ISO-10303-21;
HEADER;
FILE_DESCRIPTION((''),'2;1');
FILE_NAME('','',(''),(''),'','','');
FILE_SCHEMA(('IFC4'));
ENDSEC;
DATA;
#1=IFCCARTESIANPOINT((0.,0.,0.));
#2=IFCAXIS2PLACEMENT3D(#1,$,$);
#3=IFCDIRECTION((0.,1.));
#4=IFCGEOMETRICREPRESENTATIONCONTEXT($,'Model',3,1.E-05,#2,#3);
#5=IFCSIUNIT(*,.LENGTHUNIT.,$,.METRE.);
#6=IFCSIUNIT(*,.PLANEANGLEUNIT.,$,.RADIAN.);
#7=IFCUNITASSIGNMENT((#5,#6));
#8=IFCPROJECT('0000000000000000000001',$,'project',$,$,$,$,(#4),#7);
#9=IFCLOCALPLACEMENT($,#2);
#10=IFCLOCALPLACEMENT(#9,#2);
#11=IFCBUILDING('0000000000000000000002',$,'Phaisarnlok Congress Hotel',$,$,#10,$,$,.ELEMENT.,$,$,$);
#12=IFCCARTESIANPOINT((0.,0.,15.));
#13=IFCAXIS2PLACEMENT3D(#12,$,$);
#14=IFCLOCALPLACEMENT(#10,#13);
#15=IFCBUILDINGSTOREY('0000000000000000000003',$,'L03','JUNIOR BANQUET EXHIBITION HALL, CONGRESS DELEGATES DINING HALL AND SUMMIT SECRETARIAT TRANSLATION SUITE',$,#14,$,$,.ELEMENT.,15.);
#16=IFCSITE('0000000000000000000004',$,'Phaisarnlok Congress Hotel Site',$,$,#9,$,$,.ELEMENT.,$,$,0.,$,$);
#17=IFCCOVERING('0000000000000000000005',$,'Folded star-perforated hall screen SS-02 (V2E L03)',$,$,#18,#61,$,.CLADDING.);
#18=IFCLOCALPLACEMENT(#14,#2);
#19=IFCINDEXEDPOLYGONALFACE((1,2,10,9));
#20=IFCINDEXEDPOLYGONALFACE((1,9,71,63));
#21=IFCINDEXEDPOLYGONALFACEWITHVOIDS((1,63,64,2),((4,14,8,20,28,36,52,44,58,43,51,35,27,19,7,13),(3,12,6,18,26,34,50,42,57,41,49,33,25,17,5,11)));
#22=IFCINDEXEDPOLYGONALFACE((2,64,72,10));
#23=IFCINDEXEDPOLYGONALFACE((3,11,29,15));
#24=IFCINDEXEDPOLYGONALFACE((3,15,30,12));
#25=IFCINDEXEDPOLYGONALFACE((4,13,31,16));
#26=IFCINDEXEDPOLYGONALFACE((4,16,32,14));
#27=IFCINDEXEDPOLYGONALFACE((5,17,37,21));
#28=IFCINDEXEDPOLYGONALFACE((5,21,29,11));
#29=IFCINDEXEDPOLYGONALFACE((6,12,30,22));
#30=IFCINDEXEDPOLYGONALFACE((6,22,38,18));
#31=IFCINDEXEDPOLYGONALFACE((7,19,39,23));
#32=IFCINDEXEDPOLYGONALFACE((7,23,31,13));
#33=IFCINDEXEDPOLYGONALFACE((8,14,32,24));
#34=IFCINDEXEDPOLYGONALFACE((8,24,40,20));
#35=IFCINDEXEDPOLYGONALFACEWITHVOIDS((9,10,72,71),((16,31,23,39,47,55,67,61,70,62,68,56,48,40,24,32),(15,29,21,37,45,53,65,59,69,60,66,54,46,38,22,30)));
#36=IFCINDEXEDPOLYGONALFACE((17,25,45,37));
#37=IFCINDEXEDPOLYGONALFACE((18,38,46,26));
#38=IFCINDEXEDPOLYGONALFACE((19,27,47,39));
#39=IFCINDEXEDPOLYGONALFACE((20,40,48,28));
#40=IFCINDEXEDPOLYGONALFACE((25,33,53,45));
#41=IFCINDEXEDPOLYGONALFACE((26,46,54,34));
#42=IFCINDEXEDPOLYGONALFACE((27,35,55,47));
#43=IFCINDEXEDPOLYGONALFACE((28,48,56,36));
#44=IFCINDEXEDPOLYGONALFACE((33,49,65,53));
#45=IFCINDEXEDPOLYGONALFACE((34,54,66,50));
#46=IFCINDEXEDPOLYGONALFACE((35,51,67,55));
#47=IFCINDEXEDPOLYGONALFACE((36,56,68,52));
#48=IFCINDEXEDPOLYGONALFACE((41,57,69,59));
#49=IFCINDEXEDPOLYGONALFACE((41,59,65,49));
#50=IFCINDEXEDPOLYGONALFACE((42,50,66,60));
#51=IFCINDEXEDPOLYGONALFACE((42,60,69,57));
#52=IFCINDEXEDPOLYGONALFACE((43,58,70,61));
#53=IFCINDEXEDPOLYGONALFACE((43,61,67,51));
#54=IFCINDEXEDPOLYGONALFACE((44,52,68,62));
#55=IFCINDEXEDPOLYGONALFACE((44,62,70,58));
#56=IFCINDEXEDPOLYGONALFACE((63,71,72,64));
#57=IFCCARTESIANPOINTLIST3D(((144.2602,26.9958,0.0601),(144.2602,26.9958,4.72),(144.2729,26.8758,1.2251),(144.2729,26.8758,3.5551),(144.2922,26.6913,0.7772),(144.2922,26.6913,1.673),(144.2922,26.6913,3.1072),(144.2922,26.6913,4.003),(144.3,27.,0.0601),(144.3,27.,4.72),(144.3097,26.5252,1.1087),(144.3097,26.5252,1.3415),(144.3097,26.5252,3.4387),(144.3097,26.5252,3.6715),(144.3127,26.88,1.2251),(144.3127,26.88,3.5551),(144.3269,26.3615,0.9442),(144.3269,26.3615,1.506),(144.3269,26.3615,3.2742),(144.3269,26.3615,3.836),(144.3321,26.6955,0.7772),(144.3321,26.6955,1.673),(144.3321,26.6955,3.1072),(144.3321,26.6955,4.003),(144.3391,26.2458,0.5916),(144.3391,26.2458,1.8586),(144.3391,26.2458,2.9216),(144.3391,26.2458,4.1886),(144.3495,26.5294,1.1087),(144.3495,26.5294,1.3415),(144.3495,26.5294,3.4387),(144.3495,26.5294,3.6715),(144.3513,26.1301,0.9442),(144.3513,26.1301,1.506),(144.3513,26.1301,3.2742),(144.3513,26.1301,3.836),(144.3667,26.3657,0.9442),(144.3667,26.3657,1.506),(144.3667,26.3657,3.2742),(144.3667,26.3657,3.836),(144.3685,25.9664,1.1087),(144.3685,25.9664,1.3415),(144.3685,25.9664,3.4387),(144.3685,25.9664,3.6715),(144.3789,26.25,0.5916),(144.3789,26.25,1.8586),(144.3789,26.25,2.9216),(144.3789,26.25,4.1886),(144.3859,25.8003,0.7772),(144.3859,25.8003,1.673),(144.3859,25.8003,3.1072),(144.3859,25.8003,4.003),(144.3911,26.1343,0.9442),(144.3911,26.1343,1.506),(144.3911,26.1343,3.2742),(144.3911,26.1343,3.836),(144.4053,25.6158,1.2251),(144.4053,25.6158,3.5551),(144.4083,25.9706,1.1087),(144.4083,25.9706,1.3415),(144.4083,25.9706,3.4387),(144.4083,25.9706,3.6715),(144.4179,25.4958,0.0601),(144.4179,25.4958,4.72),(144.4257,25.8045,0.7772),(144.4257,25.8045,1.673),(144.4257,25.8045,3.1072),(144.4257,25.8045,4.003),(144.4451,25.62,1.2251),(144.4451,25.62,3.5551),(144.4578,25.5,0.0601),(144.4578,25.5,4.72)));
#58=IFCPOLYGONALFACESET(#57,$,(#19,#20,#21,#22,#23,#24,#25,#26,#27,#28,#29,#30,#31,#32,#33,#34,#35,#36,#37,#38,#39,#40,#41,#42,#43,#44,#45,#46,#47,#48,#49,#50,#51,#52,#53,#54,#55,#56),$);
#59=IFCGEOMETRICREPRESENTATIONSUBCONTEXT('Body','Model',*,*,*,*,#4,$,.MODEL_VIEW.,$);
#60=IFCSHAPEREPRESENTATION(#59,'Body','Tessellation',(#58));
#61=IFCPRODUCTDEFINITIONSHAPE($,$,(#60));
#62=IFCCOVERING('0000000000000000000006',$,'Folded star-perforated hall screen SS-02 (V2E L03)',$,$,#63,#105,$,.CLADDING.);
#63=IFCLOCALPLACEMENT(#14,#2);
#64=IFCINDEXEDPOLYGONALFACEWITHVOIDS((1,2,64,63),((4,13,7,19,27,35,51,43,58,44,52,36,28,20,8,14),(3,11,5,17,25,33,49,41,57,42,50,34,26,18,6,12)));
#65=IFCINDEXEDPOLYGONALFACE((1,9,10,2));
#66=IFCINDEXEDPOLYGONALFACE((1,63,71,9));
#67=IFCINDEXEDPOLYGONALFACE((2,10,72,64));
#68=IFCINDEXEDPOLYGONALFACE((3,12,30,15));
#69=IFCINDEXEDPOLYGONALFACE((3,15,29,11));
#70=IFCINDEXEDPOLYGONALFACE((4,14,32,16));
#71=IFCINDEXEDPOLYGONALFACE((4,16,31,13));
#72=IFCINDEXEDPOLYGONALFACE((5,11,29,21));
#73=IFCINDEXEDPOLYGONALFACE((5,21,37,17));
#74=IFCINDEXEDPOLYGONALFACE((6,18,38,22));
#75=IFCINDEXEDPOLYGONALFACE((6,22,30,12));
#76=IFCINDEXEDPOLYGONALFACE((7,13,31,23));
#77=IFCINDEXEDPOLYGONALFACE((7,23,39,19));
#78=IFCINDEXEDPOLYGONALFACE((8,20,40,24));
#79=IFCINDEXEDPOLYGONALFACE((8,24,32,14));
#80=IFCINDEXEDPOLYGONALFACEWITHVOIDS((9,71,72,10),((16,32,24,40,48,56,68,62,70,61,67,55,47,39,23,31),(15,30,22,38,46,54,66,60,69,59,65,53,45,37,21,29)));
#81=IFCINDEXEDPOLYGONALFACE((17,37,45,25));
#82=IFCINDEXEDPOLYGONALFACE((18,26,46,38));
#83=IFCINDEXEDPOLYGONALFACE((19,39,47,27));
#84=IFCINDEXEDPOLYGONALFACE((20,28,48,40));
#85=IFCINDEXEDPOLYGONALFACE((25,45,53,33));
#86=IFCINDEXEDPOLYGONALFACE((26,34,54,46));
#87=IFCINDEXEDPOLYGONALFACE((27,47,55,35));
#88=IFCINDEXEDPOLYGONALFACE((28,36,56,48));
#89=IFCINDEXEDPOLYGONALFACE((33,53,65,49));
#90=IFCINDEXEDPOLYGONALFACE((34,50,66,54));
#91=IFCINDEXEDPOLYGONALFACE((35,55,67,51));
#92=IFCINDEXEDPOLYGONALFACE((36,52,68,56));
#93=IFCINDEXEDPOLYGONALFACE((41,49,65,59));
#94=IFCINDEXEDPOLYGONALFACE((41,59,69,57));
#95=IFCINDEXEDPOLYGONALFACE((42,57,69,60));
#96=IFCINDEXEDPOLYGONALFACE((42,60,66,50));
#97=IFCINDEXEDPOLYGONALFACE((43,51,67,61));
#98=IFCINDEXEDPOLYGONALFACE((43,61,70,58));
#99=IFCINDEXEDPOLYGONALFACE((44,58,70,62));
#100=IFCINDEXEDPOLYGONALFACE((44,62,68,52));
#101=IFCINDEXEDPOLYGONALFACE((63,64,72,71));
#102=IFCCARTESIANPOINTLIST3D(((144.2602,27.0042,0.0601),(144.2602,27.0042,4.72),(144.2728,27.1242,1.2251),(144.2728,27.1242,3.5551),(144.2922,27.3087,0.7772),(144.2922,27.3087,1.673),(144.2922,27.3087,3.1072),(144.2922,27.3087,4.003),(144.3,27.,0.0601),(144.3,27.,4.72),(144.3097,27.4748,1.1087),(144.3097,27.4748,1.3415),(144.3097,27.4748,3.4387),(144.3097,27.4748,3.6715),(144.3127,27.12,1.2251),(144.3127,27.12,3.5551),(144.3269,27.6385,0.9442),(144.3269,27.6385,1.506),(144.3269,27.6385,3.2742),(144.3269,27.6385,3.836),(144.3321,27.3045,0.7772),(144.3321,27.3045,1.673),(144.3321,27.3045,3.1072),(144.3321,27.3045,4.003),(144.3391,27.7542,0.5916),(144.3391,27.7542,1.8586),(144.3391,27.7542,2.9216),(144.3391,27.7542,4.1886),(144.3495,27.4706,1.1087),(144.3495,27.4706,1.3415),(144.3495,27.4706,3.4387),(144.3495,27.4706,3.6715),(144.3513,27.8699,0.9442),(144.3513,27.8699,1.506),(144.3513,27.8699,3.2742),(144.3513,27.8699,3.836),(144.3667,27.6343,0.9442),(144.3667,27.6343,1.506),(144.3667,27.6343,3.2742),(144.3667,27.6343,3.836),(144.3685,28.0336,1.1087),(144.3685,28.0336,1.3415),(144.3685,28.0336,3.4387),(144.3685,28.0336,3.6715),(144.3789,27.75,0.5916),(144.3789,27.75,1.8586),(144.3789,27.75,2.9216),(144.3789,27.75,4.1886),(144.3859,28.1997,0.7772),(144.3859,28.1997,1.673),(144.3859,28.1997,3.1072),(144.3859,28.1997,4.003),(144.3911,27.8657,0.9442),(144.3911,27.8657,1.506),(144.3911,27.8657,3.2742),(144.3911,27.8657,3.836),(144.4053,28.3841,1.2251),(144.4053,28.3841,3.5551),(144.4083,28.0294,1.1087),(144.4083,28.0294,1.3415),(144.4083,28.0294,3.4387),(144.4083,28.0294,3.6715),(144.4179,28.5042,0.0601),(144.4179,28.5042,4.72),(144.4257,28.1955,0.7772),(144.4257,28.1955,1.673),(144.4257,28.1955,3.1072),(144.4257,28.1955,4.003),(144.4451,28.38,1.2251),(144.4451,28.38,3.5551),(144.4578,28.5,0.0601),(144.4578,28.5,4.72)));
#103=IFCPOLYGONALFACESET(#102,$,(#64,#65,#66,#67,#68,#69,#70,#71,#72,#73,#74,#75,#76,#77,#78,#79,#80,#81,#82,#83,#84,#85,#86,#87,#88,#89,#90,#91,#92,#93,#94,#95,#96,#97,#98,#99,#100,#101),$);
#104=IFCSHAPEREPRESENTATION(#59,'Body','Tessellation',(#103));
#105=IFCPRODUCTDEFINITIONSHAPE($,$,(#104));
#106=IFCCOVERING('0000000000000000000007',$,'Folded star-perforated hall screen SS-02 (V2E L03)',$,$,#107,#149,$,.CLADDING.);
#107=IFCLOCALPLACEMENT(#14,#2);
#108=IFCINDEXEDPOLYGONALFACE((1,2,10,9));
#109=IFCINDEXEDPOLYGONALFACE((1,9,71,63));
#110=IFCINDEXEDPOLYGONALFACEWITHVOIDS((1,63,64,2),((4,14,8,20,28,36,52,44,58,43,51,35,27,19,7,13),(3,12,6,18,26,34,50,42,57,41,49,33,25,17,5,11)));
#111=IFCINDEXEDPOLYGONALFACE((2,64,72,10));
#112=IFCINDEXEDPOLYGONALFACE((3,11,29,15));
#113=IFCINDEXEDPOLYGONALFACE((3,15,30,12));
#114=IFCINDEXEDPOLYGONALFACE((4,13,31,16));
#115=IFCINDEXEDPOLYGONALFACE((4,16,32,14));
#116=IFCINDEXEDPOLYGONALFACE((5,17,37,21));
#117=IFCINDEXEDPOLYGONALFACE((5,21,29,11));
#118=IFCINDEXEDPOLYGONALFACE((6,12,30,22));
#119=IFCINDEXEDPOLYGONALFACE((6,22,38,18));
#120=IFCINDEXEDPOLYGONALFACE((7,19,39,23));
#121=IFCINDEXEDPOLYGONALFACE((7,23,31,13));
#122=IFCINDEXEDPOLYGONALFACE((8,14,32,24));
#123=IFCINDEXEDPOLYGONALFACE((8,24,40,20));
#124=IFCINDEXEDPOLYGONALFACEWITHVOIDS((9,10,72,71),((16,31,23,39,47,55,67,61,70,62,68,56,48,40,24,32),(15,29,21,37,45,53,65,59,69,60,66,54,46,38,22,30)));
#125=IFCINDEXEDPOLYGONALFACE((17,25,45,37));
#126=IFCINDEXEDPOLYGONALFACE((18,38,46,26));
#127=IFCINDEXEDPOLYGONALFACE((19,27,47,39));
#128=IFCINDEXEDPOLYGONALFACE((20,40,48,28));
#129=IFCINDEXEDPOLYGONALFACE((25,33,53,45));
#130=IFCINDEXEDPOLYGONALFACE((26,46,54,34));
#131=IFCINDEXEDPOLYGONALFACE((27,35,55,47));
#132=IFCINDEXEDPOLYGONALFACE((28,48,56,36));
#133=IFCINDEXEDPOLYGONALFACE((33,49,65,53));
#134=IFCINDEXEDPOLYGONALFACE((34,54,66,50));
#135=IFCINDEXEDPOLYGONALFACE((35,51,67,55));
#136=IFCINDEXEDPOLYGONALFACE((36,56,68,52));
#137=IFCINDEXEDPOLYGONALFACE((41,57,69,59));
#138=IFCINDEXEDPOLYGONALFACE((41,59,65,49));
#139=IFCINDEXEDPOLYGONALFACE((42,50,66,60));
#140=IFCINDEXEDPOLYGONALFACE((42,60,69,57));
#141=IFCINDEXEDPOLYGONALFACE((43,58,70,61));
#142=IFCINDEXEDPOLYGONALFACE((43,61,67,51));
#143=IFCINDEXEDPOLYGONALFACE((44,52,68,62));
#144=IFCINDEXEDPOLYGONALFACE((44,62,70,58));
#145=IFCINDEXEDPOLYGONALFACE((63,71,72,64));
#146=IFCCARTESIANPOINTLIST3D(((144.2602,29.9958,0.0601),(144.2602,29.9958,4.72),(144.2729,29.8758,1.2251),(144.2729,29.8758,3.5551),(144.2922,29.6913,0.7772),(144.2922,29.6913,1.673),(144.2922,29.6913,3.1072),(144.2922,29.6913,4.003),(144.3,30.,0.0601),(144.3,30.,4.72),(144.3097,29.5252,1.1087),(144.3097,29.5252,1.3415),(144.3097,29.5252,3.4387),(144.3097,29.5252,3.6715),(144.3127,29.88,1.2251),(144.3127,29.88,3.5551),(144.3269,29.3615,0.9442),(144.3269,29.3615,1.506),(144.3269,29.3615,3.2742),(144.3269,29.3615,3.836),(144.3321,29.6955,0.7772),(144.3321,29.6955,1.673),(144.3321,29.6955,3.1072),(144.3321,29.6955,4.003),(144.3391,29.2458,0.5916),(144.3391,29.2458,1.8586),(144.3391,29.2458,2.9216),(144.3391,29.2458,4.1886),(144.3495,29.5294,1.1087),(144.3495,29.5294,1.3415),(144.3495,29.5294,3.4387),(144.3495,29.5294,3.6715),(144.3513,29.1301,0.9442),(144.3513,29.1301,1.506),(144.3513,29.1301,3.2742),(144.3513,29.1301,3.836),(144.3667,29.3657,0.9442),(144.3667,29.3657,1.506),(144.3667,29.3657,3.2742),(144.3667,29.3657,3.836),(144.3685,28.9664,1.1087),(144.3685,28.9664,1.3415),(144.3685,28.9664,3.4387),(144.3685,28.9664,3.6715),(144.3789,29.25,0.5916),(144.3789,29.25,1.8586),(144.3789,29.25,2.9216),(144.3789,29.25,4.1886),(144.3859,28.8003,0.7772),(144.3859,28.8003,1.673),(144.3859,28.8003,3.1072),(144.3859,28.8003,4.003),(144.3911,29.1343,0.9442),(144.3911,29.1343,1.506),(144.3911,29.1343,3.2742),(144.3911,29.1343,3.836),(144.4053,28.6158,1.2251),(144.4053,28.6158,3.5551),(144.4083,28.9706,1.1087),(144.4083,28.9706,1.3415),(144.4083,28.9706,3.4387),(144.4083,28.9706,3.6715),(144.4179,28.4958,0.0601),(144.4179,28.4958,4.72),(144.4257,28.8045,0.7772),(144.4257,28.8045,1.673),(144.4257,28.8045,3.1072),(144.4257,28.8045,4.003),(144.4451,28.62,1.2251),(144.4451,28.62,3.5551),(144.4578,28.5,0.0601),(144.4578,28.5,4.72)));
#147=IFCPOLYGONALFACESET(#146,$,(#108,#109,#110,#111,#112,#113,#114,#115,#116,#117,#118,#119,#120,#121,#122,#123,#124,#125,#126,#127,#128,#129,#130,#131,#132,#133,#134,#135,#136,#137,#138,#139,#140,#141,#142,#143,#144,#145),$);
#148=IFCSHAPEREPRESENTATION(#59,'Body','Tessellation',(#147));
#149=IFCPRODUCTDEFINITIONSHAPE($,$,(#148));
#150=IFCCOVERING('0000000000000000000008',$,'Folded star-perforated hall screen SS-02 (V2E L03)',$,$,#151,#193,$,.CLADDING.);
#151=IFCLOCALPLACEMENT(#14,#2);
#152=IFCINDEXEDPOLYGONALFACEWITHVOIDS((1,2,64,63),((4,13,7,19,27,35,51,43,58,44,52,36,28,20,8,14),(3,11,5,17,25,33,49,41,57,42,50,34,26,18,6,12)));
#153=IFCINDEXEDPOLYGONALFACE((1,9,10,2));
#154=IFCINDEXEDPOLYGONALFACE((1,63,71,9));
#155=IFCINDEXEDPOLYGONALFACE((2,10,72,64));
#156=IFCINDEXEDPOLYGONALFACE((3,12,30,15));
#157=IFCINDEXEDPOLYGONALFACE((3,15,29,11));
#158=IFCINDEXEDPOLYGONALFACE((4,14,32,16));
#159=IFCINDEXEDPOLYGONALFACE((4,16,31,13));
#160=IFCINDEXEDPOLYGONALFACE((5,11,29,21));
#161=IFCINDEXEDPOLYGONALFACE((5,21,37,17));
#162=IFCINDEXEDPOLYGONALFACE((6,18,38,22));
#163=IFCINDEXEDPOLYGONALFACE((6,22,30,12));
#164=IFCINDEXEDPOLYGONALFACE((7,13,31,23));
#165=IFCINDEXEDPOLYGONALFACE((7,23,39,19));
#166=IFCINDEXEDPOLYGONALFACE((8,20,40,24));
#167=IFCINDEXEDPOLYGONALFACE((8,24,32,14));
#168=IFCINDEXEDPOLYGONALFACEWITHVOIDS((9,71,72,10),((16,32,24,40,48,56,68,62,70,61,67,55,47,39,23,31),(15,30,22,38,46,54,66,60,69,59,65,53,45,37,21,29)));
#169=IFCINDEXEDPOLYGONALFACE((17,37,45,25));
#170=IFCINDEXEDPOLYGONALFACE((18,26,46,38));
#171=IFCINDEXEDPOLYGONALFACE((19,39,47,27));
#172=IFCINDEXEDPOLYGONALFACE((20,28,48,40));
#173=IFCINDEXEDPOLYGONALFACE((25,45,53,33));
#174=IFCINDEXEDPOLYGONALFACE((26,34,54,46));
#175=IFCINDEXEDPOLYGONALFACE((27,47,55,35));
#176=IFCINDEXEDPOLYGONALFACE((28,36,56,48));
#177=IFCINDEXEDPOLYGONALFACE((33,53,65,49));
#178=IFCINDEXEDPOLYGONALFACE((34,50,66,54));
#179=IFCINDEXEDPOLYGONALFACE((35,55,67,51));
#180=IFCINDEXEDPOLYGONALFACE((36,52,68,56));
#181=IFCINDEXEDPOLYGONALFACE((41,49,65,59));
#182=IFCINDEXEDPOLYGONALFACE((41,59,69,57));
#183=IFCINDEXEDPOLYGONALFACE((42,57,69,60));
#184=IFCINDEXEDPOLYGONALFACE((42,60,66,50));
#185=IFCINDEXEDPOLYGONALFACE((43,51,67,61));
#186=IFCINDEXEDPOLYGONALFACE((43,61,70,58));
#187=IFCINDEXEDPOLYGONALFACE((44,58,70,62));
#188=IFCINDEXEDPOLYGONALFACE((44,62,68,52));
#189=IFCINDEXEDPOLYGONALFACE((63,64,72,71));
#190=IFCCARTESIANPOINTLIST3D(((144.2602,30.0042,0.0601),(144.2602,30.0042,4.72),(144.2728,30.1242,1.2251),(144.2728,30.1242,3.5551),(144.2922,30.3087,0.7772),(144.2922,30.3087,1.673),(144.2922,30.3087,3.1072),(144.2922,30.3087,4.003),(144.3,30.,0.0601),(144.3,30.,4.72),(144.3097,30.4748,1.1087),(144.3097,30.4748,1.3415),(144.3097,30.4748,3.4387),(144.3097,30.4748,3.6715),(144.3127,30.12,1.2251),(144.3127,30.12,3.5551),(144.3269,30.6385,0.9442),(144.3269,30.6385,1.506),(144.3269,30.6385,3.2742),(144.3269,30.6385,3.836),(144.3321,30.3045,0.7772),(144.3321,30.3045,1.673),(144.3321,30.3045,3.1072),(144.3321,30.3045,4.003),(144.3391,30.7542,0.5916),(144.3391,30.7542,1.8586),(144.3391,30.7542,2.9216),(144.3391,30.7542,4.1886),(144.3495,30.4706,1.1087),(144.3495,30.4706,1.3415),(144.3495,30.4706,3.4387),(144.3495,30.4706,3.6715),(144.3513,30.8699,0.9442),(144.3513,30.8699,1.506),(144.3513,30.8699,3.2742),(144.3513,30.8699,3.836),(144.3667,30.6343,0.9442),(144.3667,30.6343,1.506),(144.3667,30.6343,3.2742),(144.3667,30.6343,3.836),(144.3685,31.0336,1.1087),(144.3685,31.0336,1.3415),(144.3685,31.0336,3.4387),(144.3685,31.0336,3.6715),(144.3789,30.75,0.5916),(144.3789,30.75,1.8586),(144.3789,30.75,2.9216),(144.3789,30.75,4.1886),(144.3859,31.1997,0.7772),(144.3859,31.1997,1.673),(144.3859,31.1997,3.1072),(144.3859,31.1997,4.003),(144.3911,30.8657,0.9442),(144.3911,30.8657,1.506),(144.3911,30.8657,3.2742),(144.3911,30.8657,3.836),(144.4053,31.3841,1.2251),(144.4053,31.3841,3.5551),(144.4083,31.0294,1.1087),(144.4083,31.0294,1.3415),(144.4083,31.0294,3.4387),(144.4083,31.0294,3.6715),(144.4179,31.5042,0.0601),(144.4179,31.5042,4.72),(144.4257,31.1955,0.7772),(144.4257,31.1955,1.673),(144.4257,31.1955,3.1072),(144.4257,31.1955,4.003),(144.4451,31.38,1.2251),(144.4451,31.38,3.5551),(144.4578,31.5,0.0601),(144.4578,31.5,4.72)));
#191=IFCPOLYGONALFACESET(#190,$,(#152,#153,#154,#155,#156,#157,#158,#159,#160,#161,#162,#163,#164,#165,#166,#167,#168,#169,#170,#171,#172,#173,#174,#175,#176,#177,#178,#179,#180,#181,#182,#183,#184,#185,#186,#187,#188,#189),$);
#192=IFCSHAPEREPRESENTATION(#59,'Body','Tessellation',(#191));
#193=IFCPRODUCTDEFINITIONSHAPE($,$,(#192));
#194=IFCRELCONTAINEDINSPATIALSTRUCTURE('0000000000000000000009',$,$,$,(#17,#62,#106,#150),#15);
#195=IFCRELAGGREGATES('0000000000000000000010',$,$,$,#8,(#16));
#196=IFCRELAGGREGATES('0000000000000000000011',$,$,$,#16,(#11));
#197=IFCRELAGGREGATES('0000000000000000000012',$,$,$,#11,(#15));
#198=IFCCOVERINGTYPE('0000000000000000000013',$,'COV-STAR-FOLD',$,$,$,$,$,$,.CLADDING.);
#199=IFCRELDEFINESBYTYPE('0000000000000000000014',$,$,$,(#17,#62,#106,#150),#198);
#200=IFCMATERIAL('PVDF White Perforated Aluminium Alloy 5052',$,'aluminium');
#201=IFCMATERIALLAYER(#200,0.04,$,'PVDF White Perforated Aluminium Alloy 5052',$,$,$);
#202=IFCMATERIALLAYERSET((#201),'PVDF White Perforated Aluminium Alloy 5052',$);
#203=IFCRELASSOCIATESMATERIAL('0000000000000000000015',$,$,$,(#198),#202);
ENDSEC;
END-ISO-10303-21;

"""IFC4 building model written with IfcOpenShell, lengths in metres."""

from ifc_helpers import new_model, si_unit, direction, frame, origin, place, context, subcontext, project, spatial, polyline, outline, extrude, material, layer, layer_set, type_object, element, save


model = new_model("IFC4")

# Units and contexts
model_context = context("Model", 3, precision=1e-05, world=origin(), true_north=direction((0.0, 1.0)))
body_context = subcontext(model_context, "Body", "Model", "MODEL_VIEW")
ifc_project = project(units=[si_unit("LENGTHUNIT", "METRE"), si_unit("PLANEANGLEUNIT", "RADIAN")], contexts=[model_context])

# Site, building, storey
site_placement = place(None, origin())
site = spatial("IfcSite", under=ifc_project, at=site_placement, Name="Phaisarnlok Congress Hotel Site", CompositionType="ELEMENT", RefElevation=0.0)
building_placement = place(site_placement, origin())
building = spatial("IfcBuilding", under=site, at=building_placement, Name="Phaisarnlok Congress Hotel", CompositionType="ELEMENT")
storey_placement = place(building_placement, frame((0.0, 0.0, 15.0)))
storey = spatial("IfcBuildingStorey", under=building, at=storey_placement, Name="L03", Description="JUNIOR BANQUET EXHIBITION HALL, CONGRESS DELEGATES DINING HALL AND SUMMIT SECRETARIAT TRANSLATION SUITE", CompositionType="ELEMENT", Elevation=15.0)

# Coverings
ifc_material_1 = material(Name="PVDF White Perforated Aluminium Alloy 5052", Category="aluminium")
ifc_layer_1 = layer(ifc_material_1, 0.04, Name="PVDF White Perforated Aluminium Alloy 5052")
ifc_layer_set_1 = layer_set([ifc_layer_1], Name="PVDF White Perforated Aluminium Alloy 5052")
covering_type = type_object("IfcCoveringType", Name="COV-STAR-FOLD", PredefinedType="CLADDING", material=ifc_layer_set_1)
for number, where, z_axis, x_axis, name in (
    (1, (144.3, 27.0, 0.0601), (-0.994518, -0.104567, 0.0), (0.104567, -0.994518, 0.0), "Folded star-perforated hall screen SS-02 (V2E L03)"),
    (2, (144.4578, 28.5, 0.0601), (-0.994518, 0.104567, 0.0), (-0.104567, -0.994518, 0.0), "Folded star-perforated hall screen SS-02 (V2E L03)"),
    (3, (144.3, 30.0, 0.0601), (-0.994518, -0.104567, 0.0), (0.104567, -0.994518, 0.0), "Folded star-perforated hall screen SS-02 (V2E L03)"),
    (4, (144.4578, 31.5, 0.0601), (-0.994518, 0.104567, 0.0), (-0.104567, -0.994518, 0.0), "Folded star-perforated hall screen SS-02 (V2E L03)"),
):
    element("IfcCovering", number, at=place(storey_placement, frame(where, z_axis=z_axis, x_axis=x_axis)), inside=storey, type_object=covering_type, Name=name, PredefinedType="CLADDING", context=body_context, shape_type="SweptSolid", body=[
        extrude(outline(polyline([(0.0, 0.0), (1.5083, 0.0), (1.5083, 4.6599), (0.0, 4.6599), (0.0, 0.0)]), holes=[polyline([(1.0351, 1.0486), (1.2021, 0.7171), (0.8705, 0.8841), (0.7541, 0.5315), (0.6378, 0.8841), (0.3062, 0.7171), (0.4732, 1.0486), (0.1207, 1.165), (0.4732, 1.2814), (0.3062, 1.6129), (0.6378, 1.4459), (0.7541, 1.7985), (0.8705, 1.4459), (1.2021, 1.6129), (1.0351, 1.2814), (1.3876, 1.165), (1.0351, 1.0486)]), polyline([(1.0351, 3.3786), (1.2021, 3.0471), (0.8705, 3.2141), (0.7541, 2.8615), (0.6378, 3.2141), (0.3062, 3.0471), (0.4732, 3.3786), (0.1207, 3.495), (0.4732, 3.6114), (0.3062, 3.9429), (0.6378, 3.7759), (0.7541, 4.1285), (0.8705, 3.7759), (1.2021, 3.9429), (1.0351, 3.6114), (1.3876, 3.495), (1.0351, 3.3786)])]), origin(), (0.0, 0.0, 1.0), 0.04),
    ])

save(model, "model.ifc")
